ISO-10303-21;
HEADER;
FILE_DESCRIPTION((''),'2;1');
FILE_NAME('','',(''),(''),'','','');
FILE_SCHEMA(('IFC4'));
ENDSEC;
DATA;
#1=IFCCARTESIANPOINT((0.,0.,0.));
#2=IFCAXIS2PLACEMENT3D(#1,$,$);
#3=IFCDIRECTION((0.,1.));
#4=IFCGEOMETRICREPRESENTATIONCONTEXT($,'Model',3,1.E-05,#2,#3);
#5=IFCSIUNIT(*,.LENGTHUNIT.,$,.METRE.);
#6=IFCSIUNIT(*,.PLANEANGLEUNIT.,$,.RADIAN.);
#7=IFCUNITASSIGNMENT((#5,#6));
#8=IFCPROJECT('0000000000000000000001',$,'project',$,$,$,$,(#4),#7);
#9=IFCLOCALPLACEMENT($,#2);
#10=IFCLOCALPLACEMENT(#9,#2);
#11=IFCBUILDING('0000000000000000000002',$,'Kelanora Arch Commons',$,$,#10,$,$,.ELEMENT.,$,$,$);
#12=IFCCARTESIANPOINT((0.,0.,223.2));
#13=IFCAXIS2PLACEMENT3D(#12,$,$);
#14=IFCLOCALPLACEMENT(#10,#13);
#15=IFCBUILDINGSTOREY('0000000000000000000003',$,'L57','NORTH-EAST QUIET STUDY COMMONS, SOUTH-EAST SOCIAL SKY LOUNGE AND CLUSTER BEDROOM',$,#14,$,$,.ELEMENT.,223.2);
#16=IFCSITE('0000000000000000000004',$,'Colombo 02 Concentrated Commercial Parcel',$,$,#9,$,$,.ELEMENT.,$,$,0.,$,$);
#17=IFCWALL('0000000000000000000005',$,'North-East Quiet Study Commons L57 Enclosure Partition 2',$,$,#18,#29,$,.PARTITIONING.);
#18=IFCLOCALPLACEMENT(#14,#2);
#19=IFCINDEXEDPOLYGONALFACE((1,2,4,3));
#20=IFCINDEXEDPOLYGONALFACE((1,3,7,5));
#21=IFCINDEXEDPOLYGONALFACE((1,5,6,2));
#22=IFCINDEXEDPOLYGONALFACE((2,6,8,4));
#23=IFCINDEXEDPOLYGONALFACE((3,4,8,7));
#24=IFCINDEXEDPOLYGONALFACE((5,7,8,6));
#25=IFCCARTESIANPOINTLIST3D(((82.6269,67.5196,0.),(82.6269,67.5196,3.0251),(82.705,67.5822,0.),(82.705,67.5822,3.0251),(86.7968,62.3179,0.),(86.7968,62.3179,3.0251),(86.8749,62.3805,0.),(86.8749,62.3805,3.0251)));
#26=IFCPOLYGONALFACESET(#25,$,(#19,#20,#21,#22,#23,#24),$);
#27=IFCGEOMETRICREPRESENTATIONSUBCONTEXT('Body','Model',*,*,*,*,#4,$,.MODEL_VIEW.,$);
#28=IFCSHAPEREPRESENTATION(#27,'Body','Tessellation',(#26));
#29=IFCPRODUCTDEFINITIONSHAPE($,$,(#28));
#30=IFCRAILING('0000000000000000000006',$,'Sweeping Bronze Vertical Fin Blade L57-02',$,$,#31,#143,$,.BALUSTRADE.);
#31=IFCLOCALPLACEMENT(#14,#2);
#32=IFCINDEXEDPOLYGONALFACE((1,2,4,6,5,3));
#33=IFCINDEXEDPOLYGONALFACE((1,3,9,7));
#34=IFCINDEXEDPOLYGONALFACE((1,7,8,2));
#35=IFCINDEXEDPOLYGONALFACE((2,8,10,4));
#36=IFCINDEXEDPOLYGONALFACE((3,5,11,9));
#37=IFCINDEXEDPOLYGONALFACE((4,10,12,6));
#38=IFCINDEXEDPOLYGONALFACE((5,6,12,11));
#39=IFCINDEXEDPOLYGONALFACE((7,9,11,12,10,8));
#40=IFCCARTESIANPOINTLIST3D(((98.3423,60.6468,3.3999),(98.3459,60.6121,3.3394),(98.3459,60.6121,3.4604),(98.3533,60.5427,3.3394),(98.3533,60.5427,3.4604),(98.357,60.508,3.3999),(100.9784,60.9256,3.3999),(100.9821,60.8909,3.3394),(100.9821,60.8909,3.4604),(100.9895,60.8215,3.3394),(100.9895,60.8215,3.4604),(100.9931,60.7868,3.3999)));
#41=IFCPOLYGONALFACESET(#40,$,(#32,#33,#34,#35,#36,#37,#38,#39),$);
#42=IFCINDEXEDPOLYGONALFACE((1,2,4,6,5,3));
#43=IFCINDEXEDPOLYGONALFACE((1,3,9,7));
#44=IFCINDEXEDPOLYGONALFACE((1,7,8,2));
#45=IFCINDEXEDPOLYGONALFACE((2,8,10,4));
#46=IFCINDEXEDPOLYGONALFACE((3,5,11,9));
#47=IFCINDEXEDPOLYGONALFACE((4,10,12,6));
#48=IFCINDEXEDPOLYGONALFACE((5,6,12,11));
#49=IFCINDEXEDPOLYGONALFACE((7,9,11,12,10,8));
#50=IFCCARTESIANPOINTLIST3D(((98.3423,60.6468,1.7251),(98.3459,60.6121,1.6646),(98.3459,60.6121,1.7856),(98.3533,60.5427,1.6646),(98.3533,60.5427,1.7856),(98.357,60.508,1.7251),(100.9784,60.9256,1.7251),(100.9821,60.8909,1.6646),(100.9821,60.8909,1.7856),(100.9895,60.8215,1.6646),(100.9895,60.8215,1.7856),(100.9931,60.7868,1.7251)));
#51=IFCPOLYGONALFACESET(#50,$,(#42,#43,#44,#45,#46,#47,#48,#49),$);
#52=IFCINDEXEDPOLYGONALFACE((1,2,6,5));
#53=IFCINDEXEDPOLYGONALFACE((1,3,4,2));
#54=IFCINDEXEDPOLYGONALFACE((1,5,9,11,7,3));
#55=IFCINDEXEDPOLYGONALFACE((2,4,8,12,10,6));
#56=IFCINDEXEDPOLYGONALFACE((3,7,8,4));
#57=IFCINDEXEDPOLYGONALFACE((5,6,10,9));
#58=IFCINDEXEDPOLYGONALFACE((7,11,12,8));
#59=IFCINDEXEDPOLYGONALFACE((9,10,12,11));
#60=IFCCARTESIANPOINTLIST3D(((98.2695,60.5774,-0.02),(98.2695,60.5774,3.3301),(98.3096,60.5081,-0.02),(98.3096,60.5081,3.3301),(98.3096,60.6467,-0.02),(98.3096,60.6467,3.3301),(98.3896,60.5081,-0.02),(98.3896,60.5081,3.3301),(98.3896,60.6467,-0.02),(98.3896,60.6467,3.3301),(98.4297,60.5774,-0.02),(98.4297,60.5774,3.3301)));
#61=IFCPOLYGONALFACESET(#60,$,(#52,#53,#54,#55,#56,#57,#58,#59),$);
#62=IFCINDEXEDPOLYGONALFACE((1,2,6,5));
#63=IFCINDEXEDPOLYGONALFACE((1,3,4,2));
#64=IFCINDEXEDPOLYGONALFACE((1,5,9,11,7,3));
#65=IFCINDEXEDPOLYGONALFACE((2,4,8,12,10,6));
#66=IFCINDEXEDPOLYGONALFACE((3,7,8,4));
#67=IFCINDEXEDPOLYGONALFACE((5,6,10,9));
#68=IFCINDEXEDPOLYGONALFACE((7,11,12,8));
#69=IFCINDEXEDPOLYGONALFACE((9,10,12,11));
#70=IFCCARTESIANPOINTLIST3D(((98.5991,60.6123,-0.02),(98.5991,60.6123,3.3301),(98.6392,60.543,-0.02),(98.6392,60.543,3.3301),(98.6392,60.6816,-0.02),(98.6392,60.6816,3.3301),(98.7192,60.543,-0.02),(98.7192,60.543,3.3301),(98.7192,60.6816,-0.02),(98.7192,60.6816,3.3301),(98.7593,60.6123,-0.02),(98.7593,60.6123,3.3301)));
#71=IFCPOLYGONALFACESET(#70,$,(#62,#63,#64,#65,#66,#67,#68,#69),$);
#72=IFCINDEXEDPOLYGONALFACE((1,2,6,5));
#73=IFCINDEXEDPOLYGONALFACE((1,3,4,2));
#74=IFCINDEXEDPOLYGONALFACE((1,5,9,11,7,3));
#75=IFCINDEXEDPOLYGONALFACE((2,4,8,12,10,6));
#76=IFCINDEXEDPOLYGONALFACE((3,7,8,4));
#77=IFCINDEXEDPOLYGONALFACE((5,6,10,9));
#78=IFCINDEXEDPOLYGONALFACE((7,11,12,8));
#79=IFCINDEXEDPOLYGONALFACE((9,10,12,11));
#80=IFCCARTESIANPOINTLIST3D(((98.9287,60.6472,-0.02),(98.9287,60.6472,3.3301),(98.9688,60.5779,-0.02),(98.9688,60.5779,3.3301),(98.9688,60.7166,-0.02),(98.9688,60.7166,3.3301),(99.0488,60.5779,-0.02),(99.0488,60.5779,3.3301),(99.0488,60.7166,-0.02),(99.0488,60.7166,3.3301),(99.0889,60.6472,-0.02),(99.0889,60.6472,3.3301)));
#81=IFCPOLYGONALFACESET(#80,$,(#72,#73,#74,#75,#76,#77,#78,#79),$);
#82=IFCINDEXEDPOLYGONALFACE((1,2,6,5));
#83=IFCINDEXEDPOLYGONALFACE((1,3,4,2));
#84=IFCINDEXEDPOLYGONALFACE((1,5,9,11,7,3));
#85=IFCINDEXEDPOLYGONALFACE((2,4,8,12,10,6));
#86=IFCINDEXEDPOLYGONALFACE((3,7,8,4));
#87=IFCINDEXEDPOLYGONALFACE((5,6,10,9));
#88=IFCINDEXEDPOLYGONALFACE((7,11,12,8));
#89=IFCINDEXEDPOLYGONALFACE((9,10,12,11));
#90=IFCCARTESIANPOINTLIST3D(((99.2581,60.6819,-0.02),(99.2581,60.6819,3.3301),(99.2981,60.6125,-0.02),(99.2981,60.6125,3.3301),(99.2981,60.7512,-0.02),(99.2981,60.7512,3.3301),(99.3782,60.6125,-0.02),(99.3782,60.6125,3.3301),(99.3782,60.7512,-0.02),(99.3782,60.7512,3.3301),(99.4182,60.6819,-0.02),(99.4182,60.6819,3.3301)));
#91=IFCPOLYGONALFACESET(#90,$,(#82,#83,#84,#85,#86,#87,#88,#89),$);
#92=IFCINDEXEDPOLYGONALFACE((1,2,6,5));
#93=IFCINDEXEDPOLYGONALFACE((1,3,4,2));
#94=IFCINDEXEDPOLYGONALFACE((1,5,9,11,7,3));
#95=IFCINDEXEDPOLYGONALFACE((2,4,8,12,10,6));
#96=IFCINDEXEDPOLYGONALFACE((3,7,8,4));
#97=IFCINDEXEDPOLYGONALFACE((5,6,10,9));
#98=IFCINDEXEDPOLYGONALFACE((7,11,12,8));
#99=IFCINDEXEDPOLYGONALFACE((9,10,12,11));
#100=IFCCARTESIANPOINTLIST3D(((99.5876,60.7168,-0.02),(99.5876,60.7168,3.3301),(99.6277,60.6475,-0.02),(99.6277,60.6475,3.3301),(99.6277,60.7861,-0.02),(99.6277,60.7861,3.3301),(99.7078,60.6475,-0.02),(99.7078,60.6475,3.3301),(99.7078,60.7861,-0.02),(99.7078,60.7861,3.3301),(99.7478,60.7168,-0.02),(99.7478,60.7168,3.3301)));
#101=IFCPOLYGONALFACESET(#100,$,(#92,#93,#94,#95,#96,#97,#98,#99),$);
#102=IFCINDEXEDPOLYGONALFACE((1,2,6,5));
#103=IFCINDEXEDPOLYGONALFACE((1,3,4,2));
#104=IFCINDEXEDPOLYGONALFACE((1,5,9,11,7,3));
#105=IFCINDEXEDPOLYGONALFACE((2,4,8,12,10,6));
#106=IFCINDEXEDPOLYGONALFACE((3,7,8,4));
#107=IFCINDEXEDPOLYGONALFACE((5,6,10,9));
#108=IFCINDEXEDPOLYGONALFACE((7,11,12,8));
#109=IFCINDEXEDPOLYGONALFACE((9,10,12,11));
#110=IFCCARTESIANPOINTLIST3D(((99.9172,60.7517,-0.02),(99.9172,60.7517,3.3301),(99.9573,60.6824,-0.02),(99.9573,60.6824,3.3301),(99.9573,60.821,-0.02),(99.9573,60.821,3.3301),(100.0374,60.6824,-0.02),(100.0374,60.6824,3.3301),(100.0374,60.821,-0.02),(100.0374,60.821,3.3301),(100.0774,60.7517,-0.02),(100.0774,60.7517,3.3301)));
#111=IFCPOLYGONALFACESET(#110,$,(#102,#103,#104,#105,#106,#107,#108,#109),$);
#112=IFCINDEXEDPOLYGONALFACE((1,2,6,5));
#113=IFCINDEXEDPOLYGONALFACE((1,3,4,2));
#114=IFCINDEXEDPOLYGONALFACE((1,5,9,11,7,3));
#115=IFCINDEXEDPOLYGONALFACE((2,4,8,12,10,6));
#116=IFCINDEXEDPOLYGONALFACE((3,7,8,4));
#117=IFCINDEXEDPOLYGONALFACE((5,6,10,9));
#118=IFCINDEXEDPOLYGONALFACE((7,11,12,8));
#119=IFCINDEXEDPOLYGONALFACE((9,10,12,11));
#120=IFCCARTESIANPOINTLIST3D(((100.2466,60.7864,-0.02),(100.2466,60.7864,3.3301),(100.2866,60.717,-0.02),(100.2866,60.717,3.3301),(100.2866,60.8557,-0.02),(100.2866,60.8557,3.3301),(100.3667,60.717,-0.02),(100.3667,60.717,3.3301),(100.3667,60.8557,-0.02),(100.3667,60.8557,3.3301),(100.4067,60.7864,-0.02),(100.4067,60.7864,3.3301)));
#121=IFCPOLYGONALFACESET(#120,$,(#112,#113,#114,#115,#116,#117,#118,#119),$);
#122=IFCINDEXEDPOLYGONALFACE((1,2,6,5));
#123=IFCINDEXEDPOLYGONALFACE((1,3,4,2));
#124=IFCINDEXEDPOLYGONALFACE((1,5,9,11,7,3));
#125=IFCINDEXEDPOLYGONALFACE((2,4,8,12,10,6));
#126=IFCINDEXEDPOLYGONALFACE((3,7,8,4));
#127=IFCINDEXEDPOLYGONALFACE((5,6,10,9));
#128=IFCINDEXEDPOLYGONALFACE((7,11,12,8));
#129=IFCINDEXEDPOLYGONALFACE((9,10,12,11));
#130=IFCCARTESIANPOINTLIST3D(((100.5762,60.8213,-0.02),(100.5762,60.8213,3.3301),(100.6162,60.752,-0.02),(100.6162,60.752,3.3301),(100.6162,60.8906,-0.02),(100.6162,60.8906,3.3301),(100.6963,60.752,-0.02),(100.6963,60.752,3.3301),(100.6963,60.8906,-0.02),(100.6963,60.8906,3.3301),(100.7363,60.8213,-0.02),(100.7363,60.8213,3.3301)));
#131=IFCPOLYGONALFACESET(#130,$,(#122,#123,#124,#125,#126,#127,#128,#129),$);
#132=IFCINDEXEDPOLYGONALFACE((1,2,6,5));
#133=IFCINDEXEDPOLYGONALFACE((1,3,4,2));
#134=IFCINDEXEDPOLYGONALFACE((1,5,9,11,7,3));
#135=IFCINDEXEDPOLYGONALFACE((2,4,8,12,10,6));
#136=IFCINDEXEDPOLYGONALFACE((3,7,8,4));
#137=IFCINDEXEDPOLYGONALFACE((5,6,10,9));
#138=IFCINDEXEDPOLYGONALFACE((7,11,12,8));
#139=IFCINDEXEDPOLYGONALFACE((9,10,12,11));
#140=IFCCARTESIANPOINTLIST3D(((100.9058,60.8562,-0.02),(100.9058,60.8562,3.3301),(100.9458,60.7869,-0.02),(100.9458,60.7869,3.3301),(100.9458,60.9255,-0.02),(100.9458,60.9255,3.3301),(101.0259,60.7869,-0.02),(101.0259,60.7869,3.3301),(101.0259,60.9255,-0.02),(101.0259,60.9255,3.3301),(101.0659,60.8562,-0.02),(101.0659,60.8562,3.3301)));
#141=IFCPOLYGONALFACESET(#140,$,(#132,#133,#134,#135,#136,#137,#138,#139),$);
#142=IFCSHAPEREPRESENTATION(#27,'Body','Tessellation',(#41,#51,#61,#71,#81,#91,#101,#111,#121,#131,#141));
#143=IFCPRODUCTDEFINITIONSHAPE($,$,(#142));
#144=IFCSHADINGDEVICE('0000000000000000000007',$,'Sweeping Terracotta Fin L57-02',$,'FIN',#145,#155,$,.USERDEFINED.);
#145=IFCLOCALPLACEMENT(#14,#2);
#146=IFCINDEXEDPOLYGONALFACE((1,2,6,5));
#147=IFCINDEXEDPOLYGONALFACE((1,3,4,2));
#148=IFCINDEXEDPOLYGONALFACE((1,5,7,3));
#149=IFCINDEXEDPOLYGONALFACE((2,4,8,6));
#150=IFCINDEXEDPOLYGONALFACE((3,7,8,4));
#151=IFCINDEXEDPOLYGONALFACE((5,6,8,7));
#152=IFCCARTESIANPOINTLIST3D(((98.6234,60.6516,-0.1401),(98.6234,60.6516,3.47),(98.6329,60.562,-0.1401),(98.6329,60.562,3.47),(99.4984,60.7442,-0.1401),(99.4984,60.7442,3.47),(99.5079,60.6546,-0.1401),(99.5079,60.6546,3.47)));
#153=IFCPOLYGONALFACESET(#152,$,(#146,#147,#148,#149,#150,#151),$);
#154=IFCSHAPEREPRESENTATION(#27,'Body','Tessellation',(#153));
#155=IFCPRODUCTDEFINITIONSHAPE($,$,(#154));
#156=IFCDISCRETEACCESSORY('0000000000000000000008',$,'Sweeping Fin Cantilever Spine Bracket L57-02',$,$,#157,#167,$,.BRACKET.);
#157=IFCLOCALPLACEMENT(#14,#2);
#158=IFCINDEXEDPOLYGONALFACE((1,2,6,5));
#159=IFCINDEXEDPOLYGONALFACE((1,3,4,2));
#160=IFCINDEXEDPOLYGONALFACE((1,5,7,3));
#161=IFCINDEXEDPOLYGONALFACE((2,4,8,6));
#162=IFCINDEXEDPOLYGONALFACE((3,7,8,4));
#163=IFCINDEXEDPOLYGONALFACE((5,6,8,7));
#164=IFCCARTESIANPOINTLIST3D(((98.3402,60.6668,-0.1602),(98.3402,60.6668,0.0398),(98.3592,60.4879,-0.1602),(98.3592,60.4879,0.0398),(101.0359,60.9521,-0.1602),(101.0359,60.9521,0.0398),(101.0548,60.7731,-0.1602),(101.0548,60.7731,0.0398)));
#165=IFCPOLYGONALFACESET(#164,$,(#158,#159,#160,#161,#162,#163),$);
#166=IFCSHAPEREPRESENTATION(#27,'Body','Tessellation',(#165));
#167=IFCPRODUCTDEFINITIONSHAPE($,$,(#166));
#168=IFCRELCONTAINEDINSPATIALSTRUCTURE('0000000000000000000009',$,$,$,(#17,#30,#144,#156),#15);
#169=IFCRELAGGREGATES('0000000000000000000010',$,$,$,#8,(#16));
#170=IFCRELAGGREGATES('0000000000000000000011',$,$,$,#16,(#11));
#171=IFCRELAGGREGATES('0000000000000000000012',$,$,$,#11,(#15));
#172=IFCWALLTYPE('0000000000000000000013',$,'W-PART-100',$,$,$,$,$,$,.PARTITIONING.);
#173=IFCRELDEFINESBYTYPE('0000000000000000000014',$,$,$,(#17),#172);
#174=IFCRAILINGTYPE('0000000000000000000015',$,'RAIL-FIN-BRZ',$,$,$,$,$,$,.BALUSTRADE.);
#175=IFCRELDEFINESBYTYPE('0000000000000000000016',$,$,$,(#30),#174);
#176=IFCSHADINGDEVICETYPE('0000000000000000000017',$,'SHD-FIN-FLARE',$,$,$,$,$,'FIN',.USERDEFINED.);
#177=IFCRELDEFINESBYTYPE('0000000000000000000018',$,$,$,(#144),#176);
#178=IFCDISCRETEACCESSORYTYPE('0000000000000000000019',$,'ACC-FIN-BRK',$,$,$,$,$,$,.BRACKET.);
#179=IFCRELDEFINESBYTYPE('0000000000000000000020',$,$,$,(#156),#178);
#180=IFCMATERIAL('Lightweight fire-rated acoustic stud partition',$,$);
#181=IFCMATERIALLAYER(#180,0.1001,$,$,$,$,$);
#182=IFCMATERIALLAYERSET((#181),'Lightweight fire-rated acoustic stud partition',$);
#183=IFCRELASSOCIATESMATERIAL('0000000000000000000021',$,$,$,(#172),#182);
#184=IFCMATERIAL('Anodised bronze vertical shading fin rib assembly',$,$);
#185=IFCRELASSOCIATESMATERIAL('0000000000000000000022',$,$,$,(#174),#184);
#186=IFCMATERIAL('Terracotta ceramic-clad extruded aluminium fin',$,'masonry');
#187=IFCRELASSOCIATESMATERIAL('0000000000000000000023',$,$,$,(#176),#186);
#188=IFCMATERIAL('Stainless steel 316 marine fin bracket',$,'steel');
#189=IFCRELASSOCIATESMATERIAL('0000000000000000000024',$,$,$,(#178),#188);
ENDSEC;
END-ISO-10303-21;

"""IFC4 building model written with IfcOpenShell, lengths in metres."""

from ifc_helpers import new_model, si_unit, direction, frame, frame_2d, origin, origin_2d, place, context, subcontext, project, spatial, polyline, rectangle, outline, extrude, source, transform, mapped, material, layer, layer_set, type_object, element, save


model = new_model("IFC4")

# Units and contexts
model_context = context("Model", 3, precision=1e-05, world=origin(), true_north=direction((0.0, 1.0)))
body_context = subcontext(model_context, "Body", "Model", "MODEL_VIEW")
ifc_project = project(units=[si_unit("LENGTHUNIT", "METRE"), si_unit("PLANEANGLEUNIT", "RADIAN")], contexts=[model_context])

# Site, building, storey
site_placement = place(None, origin())
site = spatial("IfcSite", under=ifc_project, at=site_placement, Name="Colombo 02 Concentrated Commercial Parcel", CompositionType="ELEMENT", RefElevation=0.0)
building_placement = place(site_placement, origin())
building = spatial("IfcBuilding", under=site, at=building_placement, Name="Kelanora Arch Commons", CompositionType="ELEMENT")
storey_placement = place(building_placement, frame((0.0, 0.0, 223.2)))
storey = spatial("IfcBuildingStorey", under=building, at=storey_placement, Name="L57", Description="NORTH-EAST QUIET STUDY COMMONS, SOUTH-EAST SOCIAL SKY LOUNGE AND CLUSTER BEDROOM", CompositionType="ELEMENT", Elevation=223.2)

# Wall
ifc_material_1 = material(Name="Lightweight fire-rated acoustic stud partition")
ifc_layer_1 = layer(ifc_material_1, 0.1001)
ifc_layer_set_1 = layer_set([ifc_layer_1], Name="Lightweight fire-rated acoustic stud partition")
wall_type = type_object("IfcWallType", Name="W-PART-100", PredefinedType="PARTITIONING", material=ifc_layer_set_1)
wall_placement = place(storey_placement, frame((86.8359, 62.3491, 0.0), z_axis=(0.0, 0.0, 1.0), x_axis=(-0.625481, 0.78024, 0.0)))
element("IfcWall", 1, at=wall_placement, inside=storey, type_object=wall_type, Name="North-East Quiet Study Commons L57 Enclosure Partition 2", PredefinedType="PARTITIONING", context=body_context, shape_type="SweptSolid", body=[
    extrude(rectangle(XDim=6.6667, YDim=0.1001, at=frame_2d((3.3335, 0.0))), origin(), (0.0, 0.0, 1.0), 3.0251),
])

# Railing
ifc_material_2 = material(Name="Anodised bronze vertical shading fin rib assembly")
railing_type_1 = type_object("IfcRailingType", Name="RAIL-FIN-BRZ", PredefinedType="BALUSTRADE", material=ifc_material_2)
railing_1_placement = place(storey_placement, frame((98.3496, 60.5774, -0.02)))
element("IfcRailing", 2, at=railing_1_placement, inside=storey, type_object=railing_type_1, Name="Sweeping Bronze Vertical Fin Blade L57-02", PredefinedType="BALUSTRADE", context=body_context, shape_type="SweptSolid", body=[
    extrude(outline(polyline([(0.0698, 0.0), (0.0349, 0.0605), (-0.0349, 0.0605), (-0.0698, 0.0), (-0.0349, -0.0605), (0.0349, -0.0605), (0.0698, 0.0)])), frame((0.0, 0.0, 3.4199), z_axis=(0.994454, 0.105174, 0.0), x_axis=(-0.105174, 0.994454, 0.0)), (0.0, 0.0, 1.0), 2.6509),
    extrude(outline(polyline([(0.0698, 0.0), (0.0349, 0.0605), (-0.0349, 0.0605), (-0.0698, 0.0), (-0.0349, -0.0605), (0.0349, -0.0605), (0.0698, 0.0)])), frame((0.0, 0.0, 1.7451), z_axis=(0.994454, 0.105174, 0.0), x_axis=(-0.105174, 0.994454, 0.0)), (0.0, 0.0, 1.0), 2.6509),
    extrude(outline(polyline([(0.0801, 0.0), (0.04, 0.0693), (-0.04, 0.0693), (-0.0801, 0.0), (-0.04, -0.0693), (0.04, -0.0693), (0.0801, 0.0)])), origin(), (0.0, 0.0, 1.0), 3.3501),
    extrude(outline(polyline([(0.0801, 0.0), (0.04, 0.0693), (-0.04, 0.0693), (-0.0801, 0.0), (-0.04, -0.0693), (0.04, -0.0693), (0.0801, 0.0)])), frame((0.3296, 0.0349, 0.0)), (0.0, 0.0, 1.0), 3.3501),
    extrude(outline(polyline([(0.0801, 0.0), (0.04, 0.0693), (-0.04, 0.0693), (-0.0801, 0.0), (-0.04, -0.0693), (0.04, -0.0693), (0.0801, 0.0)])), frame((0.6592, 0.0698, 0.0)), (0.0, 0.0, 1.0), 3.3501),
    extrude(outline(polyline([(0.0801, 0.0), (0.04, 0.0693), (-0.04, 0.0693), (-0.0801, 0.0), (-0.04, -0.0693), (0.04, -0.0693), (0.0801, 0.0)])), frame((0.9885, 0.1045, 0.0)), (0.0, 0.0, 1.0), 3.3501),
    extrude(outline(polyline([(0.0801, 0.0), (0.04, 0.0693), (-0.04, 0.0693), (-0.0801, 0.0), (-0.04, -0.0693), (0.04, -0.0693), (0.0801, 0.0)])), frame((1.3181, 0.1394, 0.0)), (0.0, 0.0, 1.0), 3.3501),
    extrude(outline(polyline([(0.0801, 0.0), (0.04, 0.0693), (-0.04, 0.0693), (-0.0801, 0.0), (-0.04, -0.0693), (0.04, -0.0693), (0.0801, 0.0)])), frame((1.6477, 0.1743, 0.0)), (0.0, 0.0, 1.0), 3.3501),
    extrude(outline(polyline([(0.0801, 0.0), (0.04, 0.0693), (-0.04, 0.0693), (-0.0801, 0.0), (-0.04, -0.0693), (0.04, -0.0693), (0.0801, 0.0)])), frame((1.9771, 0.209, 0.0)), (0.0, 0.0, 1.0), 3.3501),
    extrude(outline(polyline([(0.0801, 0.0), (0.04, 0.0693), (-0.04, 0.0693), (-0.0801, 0.0), (-0.04, -0.0693), (0.04, -0.0693), (0.0801, 0.0)])), frame((2.3066, 0.2439, 0.0)), (0.0, 0.0, 1.0), 3.3501),
    extrude(outline(polyline([(0.0801, 0.0), (0.04, 0.0693), (-0.04, 0.0693), (-0.0801, 0.0), (-0.04, -0.0693), (0.04, -0.0693), (0.0801, 0.0)])), frame((2.6362, 0.2788, 0.0)), (0.0, 0.0, 1.0), 3.3501),
])

# Shading device
ifc_material_3 = material(Name="Terracotta ceramic-clad extruded aluminium fin", Category="masonry")
shading_device_type = type_object("IfcShadingDeviceType", Name="SHD-FIN-FLARE", ElementType="FIN", PredefinedType="USERDEFINED", material=ifc_material_3)
shared_shape_1 = source(origin(), body_context, "Body", "SweptSolid", [
    extrude(rectangle(XDim=0.8799, YDim=0.0901, at=origin_2d()), origin(), (0.0, 0.0, 1.0), 3.6101),
])
shading_device_placement = place(storey_placement, frame((99.0657, 60.6531, -0.1401), z_axis=(0.0, 0.0, 1.0), x_axis=(0.994449, 0.105223, 0.0)))
element("IfcShadingDevice", 3, at=shading_device_placement, inside=storey, type_object=shading_device_type, Name="Sweeping Terracotta Fin L57-02", ObjectType="FIN", PredefinedType="USERDEFINED", context=body_context, shape_type="MappedRepresentation", body=[
    mapped(shared_shape_1, transform((0.0, 0.0, 0.0), scale=1.0)),
])

# Discrete accessory
ifc_material_4 = material(Name="Stainless steel 316 marine fin bracket", Category="steel")
discrete_accessory_type = type_object("IfcDiscreteAccessoryType", Name="ACC-FIN-BRK", PredefinedType="BRACKET", material=ifc_material_4)
shared_shape_2 = source(origin(), body_context, "Body", "SweptSolid", [
    extrude(rectangle(XDim=2.7107, YDim=0.1799, at=origin_2d()), origin(), (0.0, 0.0, 1.0), 0.2),
])
discrete_accessory_placement = place(storey_placement, frame((99.6975, 60.72, -0.1602), z_axis=(0.0, 0.0, 1.0), x_axis=(0.994449, 0.105223, 0.0)))
element("IfcDiscreteAccessory", 4, at=discrete_accessory_placement, inside=storey, type_object=discrete_accessory_type, Name="Sweeping Fin Cantilever Spine Bracket L57-02", PredefinedType="BRACKET", context=body_context, shape_type="MappedRepresentation", body=[
    mapped(shared_shape_2, transform((0.0, 0.0, 0.0), scale=1.0)),
])

save(model, "model.ifc")
